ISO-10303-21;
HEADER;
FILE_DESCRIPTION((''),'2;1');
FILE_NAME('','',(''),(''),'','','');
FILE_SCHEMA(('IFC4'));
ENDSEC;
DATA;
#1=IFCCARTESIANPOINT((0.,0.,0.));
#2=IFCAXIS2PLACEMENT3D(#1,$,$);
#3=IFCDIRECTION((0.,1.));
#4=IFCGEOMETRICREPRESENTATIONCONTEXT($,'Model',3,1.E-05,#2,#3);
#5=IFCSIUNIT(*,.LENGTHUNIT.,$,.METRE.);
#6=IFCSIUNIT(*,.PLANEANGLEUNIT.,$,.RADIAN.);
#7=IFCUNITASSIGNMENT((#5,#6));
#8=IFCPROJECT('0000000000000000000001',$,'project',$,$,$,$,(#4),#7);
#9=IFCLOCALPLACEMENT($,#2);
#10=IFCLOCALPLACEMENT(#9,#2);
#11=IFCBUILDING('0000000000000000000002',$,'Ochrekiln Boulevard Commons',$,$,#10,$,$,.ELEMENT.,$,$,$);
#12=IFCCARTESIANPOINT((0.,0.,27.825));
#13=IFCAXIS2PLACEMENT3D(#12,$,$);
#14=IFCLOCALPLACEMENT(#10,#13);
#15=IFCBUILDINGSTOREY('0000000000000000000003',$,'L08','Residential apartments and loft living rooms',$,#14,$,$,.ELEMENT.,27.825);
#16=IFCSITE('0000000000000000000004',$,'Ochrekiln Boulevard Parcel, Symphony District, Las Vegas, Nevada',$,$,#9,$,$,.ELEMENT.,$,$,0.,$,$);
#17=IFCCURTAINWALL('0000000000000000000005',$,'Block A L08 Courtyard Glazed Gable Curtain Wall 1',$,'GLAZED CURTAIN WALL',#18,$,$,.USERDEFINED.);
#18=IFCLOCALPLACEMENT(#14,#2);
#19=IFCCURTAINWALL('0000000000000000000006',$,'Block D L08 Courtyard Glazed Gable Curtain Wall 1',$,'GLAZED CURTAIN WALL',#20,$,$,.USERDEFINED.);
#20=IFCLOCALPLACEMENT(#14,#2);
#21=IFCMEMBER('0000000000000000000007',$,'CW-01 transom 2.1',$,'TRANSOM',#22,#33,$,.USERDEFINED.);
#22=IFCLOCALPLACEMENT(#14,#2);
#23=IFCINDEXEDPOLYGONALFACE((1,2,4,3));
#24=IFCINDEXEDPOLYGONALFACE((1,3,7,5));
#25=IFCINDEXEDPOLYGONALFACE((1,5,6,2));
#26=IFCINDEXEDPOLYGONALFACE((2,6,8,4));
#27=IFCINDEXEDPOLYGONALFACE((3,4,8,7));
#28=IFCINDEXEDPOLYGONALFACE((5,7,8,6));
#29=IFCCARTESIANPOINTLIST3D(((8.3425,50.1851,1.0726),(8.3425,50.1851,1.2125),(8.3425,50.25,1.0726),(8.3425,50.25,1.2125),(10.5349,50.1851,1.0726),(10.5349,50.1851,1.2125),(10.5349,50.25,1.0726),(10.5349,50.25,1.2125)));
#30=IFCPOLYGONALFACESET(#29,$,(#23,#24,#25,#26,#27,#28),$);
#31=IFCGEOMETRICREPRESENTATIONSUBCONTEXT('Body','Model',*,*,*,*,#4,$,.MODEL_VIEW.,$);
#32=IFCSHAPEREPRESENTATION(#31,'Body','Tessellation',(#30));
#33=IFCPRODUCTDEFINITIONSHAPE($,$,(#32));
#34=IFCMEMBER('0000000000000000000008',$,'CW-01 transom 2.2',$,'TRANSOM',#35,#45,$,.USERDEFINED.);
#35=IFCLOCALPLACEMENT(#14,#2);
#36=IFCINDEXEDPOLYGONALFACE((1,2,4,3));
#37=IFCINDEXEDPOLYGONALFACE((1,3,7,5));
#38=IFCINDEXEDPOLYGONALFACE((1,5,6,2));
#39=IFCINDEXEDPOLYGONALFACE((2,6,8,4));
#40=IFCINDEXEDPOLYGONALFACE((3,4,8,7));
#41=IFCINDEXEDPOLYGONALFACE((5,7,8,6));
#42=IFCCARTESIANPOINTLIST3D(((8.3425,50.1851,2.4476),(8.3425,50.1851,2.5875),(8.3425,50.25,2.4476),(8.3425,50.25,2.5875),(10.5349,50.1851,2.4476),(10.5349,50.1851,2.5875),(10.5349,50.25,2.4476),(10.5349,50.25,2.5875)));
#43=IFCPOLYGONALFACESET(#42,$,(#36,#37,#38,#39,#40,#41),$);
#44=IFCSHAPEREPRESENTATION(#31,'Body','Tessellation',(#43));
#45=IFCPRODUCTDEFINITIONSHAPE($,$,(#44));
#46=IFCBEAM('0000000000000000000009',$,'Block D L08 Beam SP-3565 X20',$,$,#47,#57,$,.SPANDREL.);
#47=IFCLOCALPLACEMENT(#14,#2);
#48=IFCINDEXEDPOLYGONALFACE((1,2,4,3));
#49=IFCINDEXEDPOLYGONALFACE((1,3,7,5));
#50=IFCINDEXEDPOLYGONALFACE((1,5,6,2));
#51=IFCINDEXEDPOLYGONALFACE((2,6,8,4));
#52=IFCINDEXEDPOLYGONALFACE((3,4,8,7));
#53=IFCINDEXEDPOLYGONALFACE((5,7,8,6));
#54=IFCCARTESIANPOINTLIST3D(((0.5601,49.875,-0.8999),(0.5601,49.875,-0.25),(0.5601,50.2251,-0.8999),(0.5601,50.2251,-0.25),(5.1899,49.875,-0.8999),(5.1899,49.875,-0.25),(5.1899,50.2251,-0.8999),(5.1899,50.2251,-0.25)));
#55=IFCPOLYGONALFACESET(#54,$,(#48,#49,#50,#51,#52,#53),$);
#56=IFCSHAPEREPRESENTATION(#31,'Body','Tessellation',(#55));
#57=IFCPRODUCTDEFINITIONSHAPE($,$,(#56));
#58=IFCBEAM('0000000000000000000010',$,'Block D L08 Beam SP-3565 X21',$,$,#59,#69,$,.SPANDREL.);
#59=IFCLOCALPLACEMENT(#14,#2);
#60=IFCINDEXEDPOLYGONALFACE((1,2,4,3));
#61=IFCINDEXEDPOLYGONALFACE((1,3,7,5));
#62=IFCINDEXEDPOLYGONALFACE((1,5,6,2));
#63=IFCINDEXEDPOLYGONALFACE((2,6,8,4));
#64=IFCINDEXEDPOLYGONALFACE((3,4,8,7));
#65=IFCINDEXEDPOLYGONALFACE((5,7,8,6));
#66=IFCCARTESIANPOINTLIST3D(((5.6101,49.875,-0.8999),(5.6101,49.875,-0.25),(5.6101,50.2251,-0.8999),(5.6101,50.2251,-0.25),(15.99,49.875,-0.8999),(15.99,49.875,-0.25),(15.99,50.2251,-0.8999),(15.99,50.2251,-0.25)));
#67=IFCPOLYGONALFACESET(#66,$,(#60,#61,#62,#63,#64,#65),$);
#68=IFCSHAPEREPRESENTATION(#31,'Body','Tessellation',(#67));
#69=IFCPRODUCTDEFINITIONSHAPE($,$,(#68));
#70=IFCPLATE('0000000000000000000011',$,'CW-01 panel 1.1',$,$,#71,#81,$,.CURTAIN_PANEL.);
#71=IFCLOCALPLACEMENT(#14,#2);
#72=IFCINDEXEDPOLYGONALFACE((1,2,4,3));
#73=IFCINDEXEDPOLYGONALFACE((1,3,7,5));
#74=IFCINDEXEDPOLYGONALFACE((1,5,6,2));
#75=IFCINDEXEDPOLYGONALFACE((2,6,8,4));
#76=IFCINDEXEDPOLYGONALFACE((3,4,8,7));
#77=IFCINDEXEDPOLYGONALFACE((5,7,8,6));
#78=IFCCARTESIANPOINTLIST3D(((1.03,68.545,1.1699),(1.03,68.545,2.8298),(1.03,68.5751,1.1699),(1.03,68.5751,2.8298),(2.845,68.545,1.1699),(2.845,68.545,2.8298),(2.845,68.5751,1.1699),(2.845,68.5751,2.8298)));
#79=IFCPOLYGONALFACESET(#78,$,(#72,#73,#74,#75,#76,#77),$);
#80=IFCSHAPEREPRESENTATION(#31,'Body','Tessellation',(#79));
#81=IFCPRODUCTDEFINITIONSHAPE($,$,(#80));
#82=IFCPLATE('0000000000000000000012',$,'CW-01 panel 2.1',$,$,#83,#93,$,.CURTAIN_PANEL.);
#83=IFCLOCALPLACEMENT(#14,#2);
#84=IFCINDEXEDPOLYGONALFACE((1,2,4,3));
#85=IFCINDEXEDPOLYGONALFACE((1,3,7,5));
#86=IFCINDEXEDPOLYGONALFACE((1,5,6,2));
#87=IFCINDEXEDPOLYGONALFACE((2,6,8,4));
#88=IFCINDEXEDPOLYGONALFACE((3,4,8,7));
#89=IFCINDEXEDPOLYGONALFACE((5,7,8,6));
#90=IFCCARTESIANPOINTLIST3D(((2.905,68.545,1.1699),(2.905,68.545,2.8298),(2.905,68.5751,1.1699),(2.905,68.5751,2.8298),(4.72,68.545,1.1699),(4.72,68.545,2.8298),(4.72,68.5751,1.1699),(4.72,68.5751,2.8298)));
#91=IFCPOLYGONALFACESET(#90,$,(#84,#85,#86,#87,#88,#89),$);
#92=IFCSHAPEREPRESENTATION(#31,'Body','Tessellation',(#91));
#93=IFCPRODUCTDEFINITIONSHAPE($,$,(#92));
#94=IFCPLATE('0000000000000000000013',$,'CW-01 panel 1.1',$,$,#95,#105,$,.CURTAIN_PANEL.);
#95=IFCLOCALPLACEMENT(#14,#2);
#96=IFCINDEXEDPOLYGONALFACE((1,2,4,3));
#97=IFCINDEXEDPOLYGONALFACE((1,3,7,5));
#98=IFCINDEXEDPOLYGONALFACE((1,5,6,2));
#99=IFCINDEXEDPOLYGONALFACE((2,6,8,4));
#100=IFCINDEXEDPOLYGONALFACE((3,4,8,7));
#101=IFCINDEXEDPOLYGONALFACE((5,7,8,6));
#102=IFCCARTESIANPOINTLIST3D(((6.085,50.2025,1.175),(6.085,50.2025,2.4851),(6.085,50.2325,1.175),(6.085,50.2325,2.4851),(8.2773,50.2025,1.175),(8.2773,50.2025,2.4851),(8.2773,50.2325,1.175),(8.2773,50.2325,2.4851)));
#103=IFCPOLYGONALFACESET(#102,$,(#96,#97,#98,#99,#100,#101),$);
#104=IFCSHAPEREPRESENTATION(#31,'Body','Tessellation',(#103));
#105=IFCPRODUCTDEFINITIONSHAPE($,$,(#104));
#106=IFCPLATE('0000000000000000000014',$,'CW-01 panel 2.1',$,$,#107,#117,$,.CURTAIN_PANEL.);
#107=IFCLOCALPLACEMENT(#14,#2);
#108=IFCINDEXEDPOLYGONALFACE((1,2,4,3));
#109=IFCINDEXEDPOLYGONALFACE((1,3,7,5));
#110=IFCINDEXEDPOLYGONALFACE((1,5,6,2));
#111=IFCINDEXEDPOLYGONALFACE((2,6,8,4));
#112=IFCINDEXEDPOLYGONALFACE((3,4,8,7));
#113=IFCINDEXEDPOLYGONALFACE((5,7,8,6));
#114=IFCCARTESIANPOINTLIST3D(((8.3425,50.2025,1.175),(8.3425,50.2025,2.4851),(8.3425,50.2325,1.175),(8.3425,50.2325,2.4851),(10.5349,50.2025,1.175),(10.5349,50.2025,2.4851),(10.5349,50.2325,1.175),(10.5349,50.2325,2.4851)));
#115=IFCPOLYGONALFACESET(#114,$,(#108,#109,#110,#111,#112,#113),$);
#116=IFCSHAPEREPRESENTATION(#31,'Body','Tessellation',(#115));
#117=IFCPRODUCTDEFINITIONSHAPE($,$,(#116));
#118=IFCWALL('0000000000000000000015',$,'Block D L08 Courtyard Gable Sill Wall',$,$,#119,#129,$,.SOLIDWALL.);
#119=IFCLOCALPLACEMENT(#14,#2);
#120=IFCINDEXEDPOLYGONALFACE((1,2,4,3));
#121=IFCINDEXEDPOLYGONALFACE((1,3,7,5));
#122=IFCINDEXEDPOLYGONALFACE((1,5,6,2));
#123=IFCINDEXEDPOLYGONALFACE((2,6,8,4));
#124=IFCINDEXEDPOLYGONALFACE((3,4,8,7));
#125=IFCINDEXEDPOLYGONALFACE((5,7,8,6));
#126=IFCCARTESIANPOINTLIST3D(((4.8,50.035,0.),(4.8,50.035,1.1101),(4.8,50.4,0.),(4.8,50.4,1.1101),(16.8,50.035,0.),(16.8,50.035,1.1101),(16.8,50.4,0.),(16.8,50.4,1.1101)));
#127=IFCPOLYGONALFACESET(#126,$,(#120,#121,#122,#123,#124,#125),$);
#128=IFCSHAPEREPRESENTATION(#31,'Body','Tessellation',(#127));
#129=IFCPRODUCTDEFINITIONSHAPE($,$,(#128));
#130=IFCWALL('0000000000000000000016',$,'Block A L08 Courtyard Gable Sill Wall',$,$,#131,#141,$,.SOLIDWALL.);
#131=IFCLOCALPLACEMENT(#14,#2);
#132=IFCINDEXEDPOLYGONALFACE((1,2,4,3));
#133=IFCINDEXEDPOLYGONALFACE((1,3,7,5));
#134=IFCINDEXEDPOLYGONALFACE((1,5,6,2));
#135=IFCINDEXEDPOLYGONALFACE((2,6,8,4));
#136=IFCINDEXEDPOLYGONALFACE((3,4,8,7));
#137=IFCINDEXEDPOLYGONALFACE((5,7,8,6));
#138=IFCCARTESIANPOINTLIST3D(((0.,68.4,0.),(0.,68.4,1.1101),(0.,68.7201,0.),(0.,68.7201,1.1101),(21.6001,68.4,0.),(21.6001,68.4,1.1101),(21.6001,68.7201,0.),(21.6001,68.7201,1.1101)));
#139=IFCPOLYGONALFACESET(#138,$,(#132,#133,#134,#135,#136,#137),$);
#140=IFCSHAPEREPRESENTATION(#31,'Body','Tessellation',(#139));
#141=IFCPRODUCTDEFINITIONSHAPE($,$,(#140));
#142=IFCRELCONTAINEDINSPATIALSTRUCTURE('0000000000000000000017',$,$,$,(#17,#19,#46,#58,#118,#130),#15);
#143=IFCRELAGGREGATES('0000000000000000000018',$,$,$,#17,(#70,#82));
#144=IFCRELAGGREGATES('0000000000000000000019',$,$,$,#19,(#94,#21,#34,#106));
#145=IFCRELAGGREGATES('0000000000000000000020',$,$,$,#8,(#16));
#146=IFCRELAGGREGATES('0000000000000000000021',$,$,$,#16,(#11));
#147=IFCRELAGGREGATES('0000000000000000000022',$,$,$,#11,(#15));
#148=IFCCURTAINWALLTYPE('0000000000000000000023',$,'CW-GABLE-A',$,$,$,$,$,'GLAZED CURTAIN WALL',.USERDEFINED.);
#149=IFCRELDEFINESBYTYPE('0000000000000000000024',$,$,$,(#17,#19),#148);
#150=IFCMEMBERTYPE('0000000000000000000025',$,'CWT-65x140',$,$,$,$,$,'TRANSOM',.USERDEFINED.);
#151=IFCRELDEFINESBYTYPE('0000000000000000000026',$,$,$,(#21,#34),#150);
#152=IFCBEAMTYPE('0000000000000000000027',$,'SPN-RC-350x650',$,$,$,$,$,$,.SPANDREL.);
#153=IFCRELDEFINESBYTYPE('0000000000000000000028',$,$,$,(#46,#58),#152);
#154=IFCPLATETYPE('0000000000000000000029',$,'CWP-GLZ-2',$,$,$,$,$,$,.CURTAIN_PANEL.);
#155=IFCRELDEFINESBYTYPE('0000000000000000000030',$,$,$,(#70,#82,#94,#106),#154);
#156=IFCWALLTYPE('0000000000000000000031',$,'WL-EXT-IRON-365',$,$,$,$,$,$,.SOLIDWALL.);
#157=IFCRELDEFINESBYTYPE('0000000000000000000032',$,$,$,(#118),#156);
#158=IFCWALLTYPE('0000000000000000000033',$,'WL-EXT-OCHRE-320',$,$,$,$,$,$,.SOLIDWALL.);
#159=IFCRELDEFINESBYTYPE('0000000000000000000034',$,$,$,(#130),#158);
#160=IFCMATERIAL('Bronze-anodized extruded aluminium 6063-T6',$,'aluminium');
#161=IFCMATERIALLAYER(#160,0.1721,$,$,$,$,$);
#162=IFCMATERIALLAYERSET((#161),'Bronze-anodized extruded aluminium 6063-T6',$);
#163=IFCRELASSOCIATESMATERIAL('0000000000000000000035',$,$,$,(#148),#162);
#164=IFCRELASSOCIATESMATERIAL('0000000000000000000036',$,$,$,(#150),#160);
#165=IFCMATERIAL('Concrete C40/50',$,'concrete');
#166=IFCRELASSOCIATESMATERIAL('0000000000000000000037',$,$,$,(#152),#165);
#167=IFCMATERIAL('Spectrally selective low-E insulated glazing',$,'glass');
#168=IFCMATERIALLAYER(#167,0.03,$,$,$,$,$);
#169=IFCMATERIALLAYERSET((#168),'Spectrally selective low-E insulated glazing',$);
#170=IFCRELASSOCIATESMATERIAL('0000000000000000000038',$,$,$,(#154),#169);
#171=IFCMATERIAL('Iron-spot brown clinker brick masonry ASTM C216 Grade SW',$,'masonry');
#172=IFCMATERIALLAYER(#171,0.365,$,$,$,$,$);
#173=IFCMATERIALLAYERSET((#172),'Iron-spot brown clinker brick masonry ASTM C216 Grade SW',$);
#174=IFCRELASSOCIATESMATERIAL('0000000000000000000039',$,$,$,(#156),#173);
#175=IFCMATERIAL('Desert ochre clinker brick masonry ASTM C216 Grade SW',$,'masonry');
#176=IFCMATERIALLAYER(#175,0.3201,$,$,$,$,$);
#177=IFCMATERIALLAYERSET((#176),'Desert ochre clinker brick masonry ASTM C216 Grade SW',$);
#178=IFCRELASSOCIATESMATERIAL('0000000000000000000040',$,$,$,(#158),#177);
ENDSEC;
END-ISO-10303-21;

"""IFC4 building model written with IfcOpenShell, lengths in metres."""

from ifc_helpers import new_model, si_unit, direction, frame, frame_2d, origin, origin_2d, place, context, subcontext, project, spatial, rectangle, extrude, material, layer, layer_set, material_profile, profile_set, type_object, element, aggregate, save


model = new_model("IFC4")

# Units and contexts
model_context = context("Model", 3, precision=1e-05, world=origin(), true_north=direction((0.0, 1.0)))
body_context = subcontext(model_context, "Body", "Model", "MODEL_VIEW")
ifc_project = project(units=[si_unit("LENGTHUNIT", "METRE"), si_unit("PLANEANGLEUNIT", "RADIAN")], contexts=[model_context])

# Site, building, storey
site_placement = place(None, origin())
site = spatial("IfcSite", under=ifc_project, at=site_placement, Name="Ochrekiln Boulevard Parcel, Symphony District, Las Vegas, Nevada", CompositionType="ELEMENT", RefElevation=0.0)
building_placement = place(site_placement, origin())
building = spatial("IfcBuilding", under=site, at=building_placement, Name="Ochrekiln Boulevard Commons", CompositionType="ELEMENT")
storey_placement = place(building_placement, frame((0.0, 0.0, 27.825)))
storey = spatial("IfcBuildingStorey", under=building, at=storey_placement, Name="L08", Description="Residential apartments and loft living rooms", CompositionType="ELEMENT", Elevation=27.825)

# Shared definitions
ifc_material_1 = material(Name="Concrete C40/50", Category="concrete")

# Curtain wall
ifc_material_2 = material(Name="Bronze-anodized extruded aluminium 6063-T6", Category="aluminium")
ifc_layer_1 = layer(ifc_material_2, 0.1721)
ifc_layer_set_1 = layer_set([ifc_layer_1], Name="Bronze-anodized extruded aluminium 6063-T6")
curtain_wall_type = type_object("IfcCurtainWallType", Name="CW-GABLE-A", ElementType="GLAZED CURTAIN WALL", PredefinedType="USERDEFINED", material=ifc_layer_set_1)
curtain_wall_1_placement = place(storey_placement, origin())
curtain_wall_1 = element("IfcCurtainWall", 1, at=curtain_wall_1_placement, inside=storey, type_object=curtain_wall_type, Name="Block A L08 Courtyard Glazed Gable Curtain Wall 1", ObjectType="GLAZED CURTAIN WALL", PredefinedType="USERDEFINED")

# Curtain wall
curtain_wall_2_placement = place(storey_placement, origin())
curtain_wall_2 = element("IfcCurtainWall", 2, at=curtain_wall_2_placement, inside=storey, type_object=curtain_wall_type, Name="Block D L08 Courtyard Glazed Gable Curtain Wall 1", ObjectType="GLAZED CURTAIN WALL", PredefinedType="USERDEFINED")

# Members
ifc_material_profile_1 = material_profile(ifc_material_2, rectangle(XDim=0.0649, YDim=0.1399, at=origin_2d()), Name="ALU-TRN-65x140")
ifc_profile_set_1 = profile_set([ifc_material_profile_1], Name="Bronze-anodized extruded aluminium 6063-T6")
member_type_1 = type_object("IfcMemberType", Name="CWT-65x140", ElementType="TRANSOM", PredefinedType="USERDEFINED", material=ifc_profile_set_1)
member_1_placement = place(storey_placement, frame((8.3425, 50.2175, 1.1426), z_axis=(1.0, 0.0, 0.0), x_axis=(0.0, 1.0, 0.0)))
member_1 = element("IfcMember", 3, at=member_1_placement, type_object=member_type_1, Name="CW-01 transom 2.1", ObjectType="TRANSOM", PredefinedType="USERDEFINED", context=body_context, shape_type="SweptSolid", body=[
    extrude(rectangle(XDim=0.0649, YDim=0.1399, at=origin_2d()), origin(), (0.0, 0.0, 1.0), 2.1924),
])
member_2_placement = place(storey_placement, frame((8.3425, 50.2175, 2.5176), z_axis=(1.0, 0.0, 0.0), x_axis=(0.0, 1.0, 0.0)))
member_2 = element("IfcMember", 4, at=member_2_placement, type_object=member_type_1, Name="CW-01 transom 2.2", ObjectType="TRANSOM", PredefinedType="USERDEFINED", context=body_context, shape_type="SweptSolid", body=[
    extrude(rectangle(XDim=0.0649, YDim=0.1399, at=origin_2d()), origin(), (0.0, 0.0, 1.0), 2.1924),
])

# Beams
ifc_material_profile_2 = material_profile(ifc_material_1, rectangle(XDim=0.3501, YDim=0.6499, at=origin_2d()), Name="RC-SPN-350x650")
ifc_profile_set_2 = profile_set([ifc_material_profile_2], Name="Concrete C40/50")
beam_type = type_object("IfcBeamType", Name="SPN-RC-350x650", PredefinedType="SPANDREL", material=ifc_profile_set_2)
beam_1_placement = place(storey_placement, frame((0.5601, 50.05, -0.575), z_axis=(1.0, 0.0, 0.0), x_axis=(0.0, 1.0, 0.0)))
element("IfcBeam", 5, at=beam_1_placement, inside=storey, type_object=beam_type, Name="Block D L08 Beam SP-3565 X20", PredefinedType="SPANDREL", context=body_context, shape_type="SweptSolid", body=[
    extrude(rectangle(XDim=0.3501, YDim=0.6499, at=origin_2d()), origin(), (0.0, 0.0, 1.0), 4.6299),
])
beam_2_placement = place(storey_placement, frame((5.6101, 50.05, -0.575), z_axis=(1.0, 0.0, 0.0), x_axis=(0.0, 1.0, 0.0)))
element("IfcBeam", 6, at=beam_2_placement, inside=storey, type_object=beam_type, Name="Block D L08 Beam SP-3565 X21", PredefinedType="SPANDREL", context=body_context, shape_type="SweptSolid", body=[
    extrude(rectangle(XDim=0.3501, YDim=0.6499, at=origin_2d()), origin(), (0.0, 0.0, 1.0), 10.3799),
])

# Plates
ifc_material_3 = material(Name="Spectrally selective low-E insulated glazing", Category="glass")
ifc_layer_2 = layer(ifc_material_3, 0.03)
ifc_layer_set_2 = layer_set([ifc_layer_2], Name="Spectrally selective low-E insulated glazing")
plate_type = type_object("IfcPlateType", Name="CWP-GLZ-2", PredefinedType="CURTAIN_PANEL", material=ifc_layer_set_2)
plate_1_placement = place(storey_placement, frame((1.9375, 68.5601, 1.1699), z_axis=(0.0, 0.0, 1.0), x_axis=(1.0, 0.0, 0.0)))
plate_1 = element("IfcPlate", 7, at=plate_1_placement, type_object=plate_type, Name="CW-01 panel 1.1", PredefinedType="CURTAIN_PANEL", context=body_context, shape_type="SweptSolid", body=[
    extrude(rectangle(XDim=1.8149, YDim=0.03, at=origin_2d()), origin(), (0.0, 0.0, 1.0), 1.6599),
])
plate_2_placement = place(storey_placement, frame((3.8125, 68.5601, 1.1699), z_axis=(0.0, 0.0, 1.0), x_axis=(1.0, 0.0, 0.0)))
plate_2 = element("IfcPlate", 8, at=plate_2_placement, type_object=plate_type, Name="CW-01 panel 2.1", PredefinedType="CURTAIN_PANEL", context=body_context, shape_type="SweptSolid", body=[
    extrude(rectangle(XDim=1.8149, YDim=0.03, at=origin_2d()), origin(), (0.0, 0.0, 1.0), 1.6599),
])
aggregate(curtain_wall_1, [plate_1, plate_2])
plate_3_placement = place(storey_placement, frame((7.1812, 50.2175, 1.175), z_axis=(0.0, 0.0, 1.0), x_axis=(1.0, 0.0, 0.0)))
plate_3 = element("IfcPlate", 9, at=plate_3_placement, type_object=plate_type, Name="CW-01 panel 1.1", PredefinedType="CURTAIN_PANEL", context=body_context, shape_type="SweptSolid", body=[
    extrude(rectangle(XDim=2.1924, YDim=0.03, at=origin_2d()), origin(), (0.0, 0.0, 1.0), 1.3101),
])
plate_4_placement = place(storey_placement, frame((9.4387, 50.2175, 1.175), z_axis=(0.0, 0.0, 1.0), x_axis=(1.0, 0.0, 0.0)))
plate_4 = element("IfcPlate", 10, at=plate_4_placement, type_object=plate_type, Name="CW-01 panel 2.1", PredefinedType="CURTAIN_PANEL", context=body_context, shape_type="SweptSolid", body=[
    extrude(rectangle(XDim=2.1924, YDim=0.03, at=origin_2d()), origin(), (0.0, 0.0, 1.0), 1.3101),
])
aggregate(curtain_wall_2, [plate_3, member_1, member_2, plate_4])

# Walls
ifc_material_4 = material(Name="Iron-spot brown clinker brick masonry ASTM C216 Grade SW", Category="masonry")
ifc_layer_3 = layer(ifc_material_4, 0.365)
ifc_layer_set_3 = layer_set([ifc_layer_3], Name="Iron-spot brown clinker brick masonry ASTM C216 Grade SW")
wall_type_1 = type_object("IfcWallType", Name="WL-EXT-IRON-365", PredefinedType="SOLIDWALL", material=ifc_layer_set_3)
wall_1_placement = place(storey_placement, frame((4.8, 50.2175, 0.0), z_axis=(0.0, 0.0, 1.0), x_axis=(1.0, 0.0, 0.0)))
element("IfcWall", 11, at=wall_1_placement, inside=storey, type_object=wall_type_1, Name="Block D L08 Courtyard Gable Sill Wall", PredefinedType="SOLIDWALL", context=body_context, shape_type="SweptSolid", body=[
    extrude(rectangle(XDim=12.0, YDim=0.365, at=frame_2d((6.0, 0.0))), origin(), (0.0, 0.0, 1.0), 1.1101),
])
ifc_material_5 = material(Name="Desert ochre clinker brick masonry ASTM C216 Grade SW", Category="masonry")
ifc_layer_4 = layer(ifc_material_5, 0.3201)
ifc_layer_set_4 = layer_set([ifc_layer_4], Name="Desert ochre clinker brick masonry ASTM C216 Grade SW")
wall_type_2 = type_object("IfcWallType", Name="WL-EXT-OCHRE-320", PredefinedType="SOLIDWALL", material=ifc_layer_set_4)
wall_2_placement = place(storey_placement, frame((0.0, 68.5601, 0.0), z_axis=(0.0, 0.0, 1.0), x_axis=(1.0, 0.0, 0.0)))
element("IfcWall", 12, at=wall_2_placement, inside=storey, type_object=wall_type_2, Name="Block A L08 Courtyard Gable Sill Wall", PredefinedType="SOLIDWALL", context=body_context, shape_type="SweptSolid", body=[
    extrude(rectangle(XDim=21.6001, YDim=0.3201, at=frame_2d((10.8, 0.0))), origin(), (0.0, 0.0, 1.0), 1.1101),
])

save(model, "model.ifc")
